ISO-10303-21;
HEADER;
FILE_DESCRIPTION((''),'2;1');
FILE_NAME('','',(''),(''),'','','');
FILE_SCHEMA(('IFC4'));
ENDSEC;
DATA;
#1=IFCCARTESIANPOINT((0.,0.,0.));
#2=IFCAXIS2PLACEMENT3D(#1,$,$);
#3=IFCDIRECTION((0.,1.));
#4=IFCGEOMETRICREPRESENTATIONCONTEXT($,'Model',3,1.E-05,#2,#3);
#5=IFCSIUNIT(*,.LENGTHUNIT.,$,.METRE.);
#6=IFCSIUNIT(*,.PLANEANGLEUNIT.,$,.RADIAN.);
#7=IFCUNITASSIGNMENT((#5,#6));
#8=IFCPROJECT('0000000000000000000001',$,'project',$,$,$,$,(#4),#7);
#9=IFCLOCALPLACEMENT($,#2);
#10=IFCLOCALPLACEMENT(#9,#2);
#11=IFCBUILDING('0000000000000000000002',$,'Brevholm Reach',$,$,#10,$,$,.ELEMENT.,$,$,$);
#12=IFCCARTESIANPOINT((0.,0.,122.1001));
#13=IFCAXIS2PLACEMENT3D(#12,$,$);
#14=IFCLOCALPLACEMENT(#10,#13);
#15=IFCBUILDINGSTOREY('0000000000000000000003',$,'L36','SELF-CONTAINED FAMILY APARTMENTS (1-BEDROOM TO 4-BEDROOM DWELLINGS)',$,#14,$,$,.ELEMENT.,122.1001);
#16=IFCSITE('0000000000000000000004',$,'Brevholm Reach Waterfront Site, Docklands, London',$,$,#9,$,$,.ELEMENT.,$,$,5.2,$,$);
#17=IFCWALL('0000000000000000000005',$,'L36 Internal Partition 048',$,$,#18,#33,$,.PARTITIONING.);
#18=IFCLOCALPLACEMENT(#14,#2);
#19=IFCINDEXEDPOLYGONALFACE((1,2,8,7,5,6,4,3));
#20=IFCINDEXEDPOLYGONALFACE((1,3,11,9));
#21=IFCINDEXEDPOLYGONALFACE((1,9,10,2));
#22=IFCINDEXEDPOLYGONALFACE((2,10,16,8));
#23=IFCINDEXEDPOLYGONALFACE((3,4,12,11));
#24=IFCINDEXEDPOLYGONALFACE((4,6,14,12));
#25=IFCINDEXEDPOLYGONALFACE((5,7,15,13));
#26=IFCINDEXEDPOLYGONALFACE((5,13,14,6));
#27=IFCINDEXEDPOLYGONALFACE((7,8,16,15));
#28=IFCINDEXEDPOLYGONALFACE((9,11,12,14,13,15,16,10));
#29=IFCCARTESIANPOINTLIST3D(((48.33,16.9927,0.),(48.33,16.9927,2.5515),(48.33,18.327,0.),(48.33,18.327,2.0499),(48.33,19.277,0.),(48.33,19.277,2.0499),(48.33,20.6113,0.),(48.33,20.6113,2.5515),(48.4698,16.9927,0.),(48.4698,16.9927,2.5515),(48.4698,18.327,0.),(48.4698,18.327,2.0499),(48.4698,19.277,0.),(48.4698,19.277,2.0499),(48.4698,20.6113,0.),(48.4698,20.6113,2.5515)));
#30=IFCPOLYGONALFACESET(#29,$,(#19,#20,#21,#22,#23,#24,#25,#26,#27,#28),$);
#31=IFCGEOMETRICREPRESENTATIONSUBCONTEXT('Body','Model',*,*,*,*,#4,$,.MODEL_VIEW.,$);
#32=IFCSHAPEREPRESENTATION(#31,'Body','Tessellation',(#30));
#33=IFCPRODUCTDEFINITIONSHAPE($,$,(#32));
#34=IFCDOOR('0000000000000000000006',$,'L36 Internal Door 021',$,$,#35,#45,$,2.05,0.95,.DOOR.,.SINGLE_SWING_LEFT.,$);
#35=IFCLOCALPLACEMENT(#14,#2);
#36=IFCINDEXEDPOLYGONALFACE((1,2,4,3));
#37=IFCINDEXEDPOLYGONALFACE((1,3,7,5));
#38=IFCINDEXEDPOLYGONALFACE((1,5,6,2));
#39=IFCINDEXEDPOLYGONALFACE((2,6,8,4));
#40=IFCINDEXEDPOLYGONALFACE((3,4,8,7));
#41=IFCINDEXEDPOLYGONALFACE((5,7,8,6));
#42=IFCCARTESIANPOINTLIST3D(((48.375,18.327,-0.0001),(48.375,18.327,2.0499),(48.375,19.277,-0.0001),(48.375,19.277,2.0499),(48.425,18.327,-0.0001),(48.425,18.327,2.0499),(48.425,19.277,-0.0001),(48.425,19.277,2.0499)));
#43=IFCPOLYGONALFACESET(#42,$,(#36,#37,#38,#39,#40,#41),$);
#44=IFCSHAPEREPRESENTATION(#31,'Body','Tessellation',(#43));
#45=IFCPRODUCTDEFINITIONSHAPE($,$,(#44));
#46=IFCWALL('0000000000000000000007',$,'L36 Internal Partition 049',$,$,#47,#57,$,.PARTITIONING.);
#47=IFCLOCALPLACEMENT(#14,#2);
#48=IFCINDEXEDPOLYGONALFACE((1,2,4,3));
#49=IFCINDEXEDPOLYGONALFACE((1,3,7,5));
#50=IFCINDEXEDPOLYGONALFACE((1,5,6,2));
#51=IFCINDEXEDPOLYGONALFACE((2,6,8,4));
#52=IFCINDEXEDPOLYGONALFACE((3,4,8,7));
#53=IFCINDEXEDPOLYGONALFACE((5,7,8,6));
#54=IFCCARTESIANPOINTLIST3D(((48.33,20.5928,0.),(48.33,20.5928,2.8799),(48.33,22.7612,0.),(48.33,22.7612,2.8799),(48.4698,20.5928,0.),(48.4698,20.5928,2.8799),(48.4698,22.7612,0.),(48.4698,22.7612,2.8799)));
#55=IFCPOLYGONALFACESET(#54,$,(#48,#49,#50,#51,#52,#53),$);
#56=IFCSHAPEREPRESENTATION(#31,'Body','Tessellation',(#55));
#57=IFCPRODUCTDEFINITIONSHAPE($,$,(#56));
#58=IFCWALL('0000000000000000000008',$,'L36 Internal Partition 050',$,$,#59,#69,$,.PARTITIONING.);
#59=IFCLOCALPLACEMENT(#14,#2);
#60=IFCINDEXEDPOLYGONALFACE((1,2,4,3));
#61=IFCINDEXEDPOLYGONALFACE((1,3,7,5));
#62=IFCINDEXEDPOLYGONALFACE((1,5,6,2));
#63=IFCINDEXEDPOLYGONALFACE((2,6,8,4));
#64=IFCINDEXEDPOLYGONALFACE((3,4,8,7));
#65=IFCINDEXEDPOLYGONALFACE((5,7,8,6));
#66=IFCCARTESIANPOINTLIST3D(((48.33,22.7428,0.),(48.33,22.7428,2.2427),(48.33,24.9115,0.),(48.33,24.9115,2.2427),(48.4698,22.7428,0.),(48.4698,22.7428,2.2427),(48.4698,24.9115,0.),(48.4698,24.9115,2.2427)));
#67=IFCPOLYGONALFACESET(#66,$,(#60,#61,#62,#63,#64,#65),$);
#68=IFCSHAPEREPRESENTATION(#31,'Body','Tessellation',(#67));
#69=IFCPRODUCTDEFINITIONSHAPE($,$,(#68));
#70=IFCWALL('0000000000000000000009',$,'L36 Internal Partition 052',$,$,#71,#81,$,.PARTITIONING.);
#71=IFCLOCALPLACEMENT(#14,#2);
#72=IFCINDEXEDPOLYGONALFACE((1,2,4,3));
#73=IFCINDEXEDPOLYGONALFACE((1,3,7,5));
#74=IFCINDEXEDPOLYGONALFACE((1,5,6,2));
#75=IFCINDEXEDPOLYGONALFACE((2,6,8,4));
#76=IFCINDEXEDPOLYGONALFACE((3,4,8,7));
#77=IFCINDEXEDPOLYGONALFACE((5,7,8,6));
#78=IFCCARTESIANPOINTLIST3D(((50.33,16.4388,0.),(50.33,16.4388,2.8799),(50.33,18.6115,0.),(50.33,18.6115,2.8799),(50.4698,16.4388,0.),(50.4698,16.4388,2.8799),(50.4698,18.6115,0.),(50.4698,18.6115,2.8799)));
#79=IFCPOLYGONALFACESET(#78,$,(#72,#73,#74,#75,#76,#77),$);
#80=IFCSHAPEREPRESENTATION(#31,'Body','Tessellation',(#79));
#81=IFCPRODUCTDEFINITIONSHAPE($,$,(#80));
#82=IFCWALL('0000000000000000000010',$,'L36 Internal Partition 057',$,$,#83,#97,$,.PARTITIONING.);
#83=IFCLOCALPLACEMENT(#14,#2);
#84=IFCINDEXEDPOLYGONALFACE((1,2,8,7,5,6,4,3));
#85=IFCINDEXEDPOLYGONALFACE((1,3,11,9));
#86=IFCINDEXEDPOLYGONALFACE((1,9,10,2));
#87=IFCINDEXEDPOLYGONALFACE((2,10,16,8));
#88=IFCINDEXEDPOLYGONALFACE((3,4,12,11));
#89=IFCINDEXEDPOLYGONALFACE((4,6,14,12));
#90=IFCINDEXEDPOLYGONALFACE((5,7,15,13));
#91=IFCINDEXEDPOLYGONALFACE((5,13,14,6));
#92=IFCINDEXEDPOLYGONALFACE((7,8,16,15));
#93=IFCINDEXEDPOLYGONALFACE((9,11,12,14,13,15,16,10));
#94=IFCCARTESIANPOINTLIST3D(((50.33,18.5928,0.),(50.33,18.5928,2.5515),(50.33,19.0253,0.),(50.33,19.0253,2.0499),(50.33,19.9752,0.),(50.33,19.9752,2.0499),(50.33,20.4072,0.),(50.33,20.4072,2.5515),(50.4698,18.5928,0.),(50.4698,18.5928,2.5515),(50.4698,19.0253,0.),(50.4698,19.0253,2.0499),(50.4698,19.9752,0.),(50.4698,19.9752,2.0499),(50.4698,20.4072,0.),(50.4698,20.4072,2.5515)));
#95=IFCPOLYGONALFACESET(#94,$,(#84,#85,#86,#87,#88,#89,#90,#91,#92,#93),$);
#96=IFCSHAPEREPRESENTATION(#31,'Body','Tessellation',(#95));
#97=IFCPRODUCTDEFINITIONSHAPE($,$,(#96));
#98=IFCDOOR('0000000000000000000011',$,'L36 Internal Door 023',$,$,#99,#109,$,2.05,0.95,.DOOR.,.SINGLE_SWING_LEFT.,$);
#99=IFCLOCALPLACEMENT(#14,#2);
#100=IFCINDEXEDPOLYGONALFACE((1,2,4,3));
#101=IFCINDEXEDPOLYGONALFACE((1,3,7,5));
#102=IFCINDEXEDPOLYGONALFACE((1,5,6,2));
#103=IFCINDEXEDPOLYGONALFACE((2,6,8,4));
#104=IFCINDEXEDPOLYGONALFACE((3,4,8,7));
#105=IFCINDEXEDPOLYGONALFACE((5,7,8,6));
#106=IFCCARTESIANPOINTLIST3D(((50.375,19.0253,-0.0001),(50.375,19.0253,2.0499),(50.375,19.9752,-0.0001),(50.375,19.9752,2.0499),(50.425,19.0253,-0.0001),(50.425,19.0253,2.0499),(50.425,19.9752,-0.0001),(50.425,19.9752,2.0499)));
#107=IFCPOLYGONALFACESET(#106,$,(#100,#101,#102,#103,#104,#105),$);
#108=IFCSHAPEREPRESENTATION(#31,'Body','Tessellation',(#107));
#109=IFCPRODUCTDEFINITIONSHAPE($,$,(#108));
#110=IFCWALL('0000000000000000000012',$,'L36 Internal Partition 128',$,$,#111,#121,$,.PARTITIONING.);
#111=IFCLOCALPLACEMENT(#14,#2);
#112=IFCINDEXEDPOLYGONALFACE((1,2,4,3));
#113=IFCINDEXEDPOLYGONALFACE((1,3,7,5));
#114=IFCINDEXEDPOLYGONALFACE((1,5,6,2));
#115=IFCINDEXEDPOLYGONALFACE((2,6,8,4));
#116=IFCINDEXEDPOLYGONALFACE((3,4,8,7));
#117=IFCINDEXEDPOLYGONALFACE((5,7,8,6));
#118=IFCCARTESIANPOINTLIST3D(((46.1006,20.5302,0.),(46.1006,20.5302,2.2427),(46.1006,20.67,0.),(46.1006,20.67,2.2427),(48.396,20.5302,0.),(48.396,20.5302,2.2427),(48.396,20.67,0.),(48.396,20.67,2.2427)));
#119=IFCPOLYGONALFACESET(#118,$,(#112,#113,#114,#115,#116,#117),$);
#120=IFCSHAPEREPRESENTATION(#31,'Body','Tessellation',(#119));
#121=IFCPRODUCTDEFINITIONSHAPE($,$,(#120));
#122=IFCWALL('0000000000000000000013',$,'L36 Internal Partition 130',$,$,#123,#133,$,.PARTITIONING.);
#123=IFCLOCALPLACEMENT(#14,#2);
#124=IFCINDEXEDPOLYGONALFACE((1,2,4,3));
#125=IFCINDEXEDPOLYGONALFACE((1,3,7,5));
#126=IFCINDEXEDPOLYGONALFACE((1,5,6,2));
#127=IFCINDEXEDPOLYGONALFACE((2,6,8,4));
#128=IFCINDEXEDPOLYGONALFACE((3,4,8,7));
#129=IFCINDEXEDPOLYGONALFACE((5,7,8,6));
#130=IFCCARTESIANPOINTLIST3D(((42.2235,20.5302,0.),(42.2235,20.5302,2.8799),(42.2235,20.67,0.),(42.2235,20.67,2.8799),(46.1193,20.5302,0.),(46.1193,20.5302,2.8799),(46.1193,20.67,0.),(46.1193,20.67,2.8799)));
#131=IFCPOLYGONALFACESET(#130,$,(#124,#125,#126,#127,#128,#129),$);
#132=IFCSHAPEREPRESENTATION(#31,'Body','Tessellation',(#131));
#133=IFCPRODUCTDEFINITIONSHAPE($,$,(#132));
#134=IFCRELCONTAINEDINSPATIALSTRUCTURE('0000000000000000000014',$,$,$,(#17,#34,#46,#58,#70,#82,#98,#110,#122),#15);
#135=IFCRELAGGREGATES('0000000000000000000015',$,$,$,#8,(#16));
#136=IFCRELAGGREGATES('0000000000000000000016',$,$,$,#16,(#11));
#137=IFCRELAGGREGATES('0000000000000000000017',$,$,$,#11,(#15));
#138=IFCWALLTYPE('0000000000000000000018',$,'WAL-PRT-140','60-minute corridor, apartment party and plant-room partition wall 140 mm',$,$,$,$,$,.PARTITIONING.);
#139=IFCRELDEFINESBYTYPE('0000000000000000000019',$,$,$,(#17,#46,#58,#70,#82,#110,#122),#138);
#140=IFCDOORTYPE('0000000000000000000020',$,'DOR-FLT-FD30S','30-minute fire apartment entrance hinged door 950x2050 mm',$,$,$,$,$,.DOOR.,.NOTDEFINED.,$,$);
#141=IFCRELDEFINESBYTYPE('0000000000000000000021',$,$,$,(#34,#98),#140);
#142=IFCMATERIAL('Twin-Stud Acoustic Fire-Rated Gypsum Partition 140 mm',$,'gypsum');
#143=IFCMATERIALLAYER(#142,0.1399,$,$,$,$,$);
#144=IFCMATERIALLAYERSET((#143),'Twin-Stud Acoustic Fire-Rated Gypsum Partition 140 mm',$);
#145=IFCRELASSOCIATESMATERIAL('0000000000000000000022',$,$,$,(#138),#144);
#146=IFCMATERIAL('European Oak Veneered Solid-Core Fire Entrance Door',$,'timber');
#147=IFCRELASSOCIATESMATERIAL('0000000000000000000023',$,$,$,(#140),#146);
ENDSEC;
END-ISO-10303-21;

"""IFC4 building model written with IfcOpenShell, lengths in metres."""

from ifc_helpers import new_model, si_unit, direction, frame, frame_2d, origin, place, context, subcontext, project, spatial, rectangle, extrude, material, layer, layer_set, type_object, element, fill, save


model = new_model("IFC4")

# Units and contexts
model_context = context("Model", 3, precision=1e-05, world=origin(), true_north=direction((0.0, 1.0)))
body_context = subcontext(model_context, "Body", "Model", "MODEL_VIEW")
ifc_project = project(units=[si_unit("LENGTHUNIT", "METRE"), si_unit("PLANEANGLEUNIT", "RADIAN")], contexts=[model_context])

# Site, building, storey
site_placement = place(None, origin())
site = spatial("IfcSite", under=ifc_project, at=site_placement, Name="Brevholm Reach Waterfront Site, Docklands, London", CompositionType="ELEMENT", RefElevation=5.2)
building_placement = place(site_placement, origin())
building = spatial("IfcBuilding", under=site, at=building_placement, Name="Brevholm Reach", CompositionType="ELEMENT")
storey_placement = place(building_placement, frame((0.0, 0.0, 122.1001)))
storey = spatial("IfcBuildingStorey", under=building, at=storey_placement, Name="L36", Description="SELF-CONTAINED FAMILY APARTMENTS (1-BEDROOM TO 4-BEDROOM DWELLINGS)", CompositionType="ELEMENT", Elevation=122.1001)

# Wall, opening, door
ifc_material_1 = material(Name="Twin-Stud Acoustic Fire-Rated Gypsum Partition 140 mm", Category="gypsum")
ifc_layer_1 = layer(ifc_material_1, 0.1399)
ifc_layer_set_1 = layer_set([ifc_layer_1], Name="Twin-Stud Acoustic Fire-Rated Gypsum Partition 140 mm")
wall_type_1 = type_object("IfcWallType", Name="WAL-PRT-140", Description="60-minute corridor, apartment party and plant-room partition wall 140 mm", PredefinedType="PARTITIONING", material=ifc_layer_set_1)
wall_1_placement = place(storey_placement, frame((48.3999, 16.9927, 0.0), z_axis=(0.0, 0.0, 1.0), x_axis=(0.0, 1.0, 0.0)))
wall_1 = element("IfcWall", 1, at=wall_1_placement, inside=storey, type_object=wall_type_1, Name="L36 Internal Partition 048", PredefinedType="PARTITIONING", context=body_context, shape_type="SweptSolid", body=[
    extrude(rectangle(XDim=3.6187, YDim=0.1399, at=frame_2d((1.8093, 0.0))), origin(), (0.0, 0.0, 1.0), 2.5515),
])
opening_1_placement = place(wall_1_placement, frame((1.3342, 0.0, 0.0)))
opening_1 = element("IfcOpeningElement", 2, at=opening_1_placement, cuts=wall_1, PredefinedType="OPENING", context=body_context, shape_type="SweptSolid", body=[
    extrude(rectangle(XDim=0.95, YDim=2.05, at=frame_2d((0.4751, 1.0249))), frame((0.0, 0.0798, 0.0), z_axis=(0.0, -1.0, 0.0), x_axis=(1.0, 0.0, 0.0)), (0.0, 0.0, 1.0), 0.1599),
])
ifc_material_2 = material(Name="European Oak Veneered Solid-Core Fire Entrance Door", Category="timber")
door_type_1 = type_object("IfcDoorType", Name="DOR-FLT-FD30S", Description="30-minute fire apartment entrance hinged door 950x2050 mm", OperationType="NOTDEFINED", PredefinedType="DOOR", material=ifc_material_2)
door_1_placement = place(opening_1_placement, origin())
door_1 = element("IfcDoor", 3, at=door_1_placement, inside=storey, type_object=door_type_1, Name="L36 Internal Door 021", OperationType="SINGLE_SWING_LEFT", OverallHeight=2.05, OverallWidth=0.95, PredefinedType="DOOR", context=body_context, shape_type="SweptSolid", body=[
    extrude(rectangle(XDim=0.95, YDim=2.05, at=frame_2d((0.4751, 1.0249))), frame((0.0, 0.0249, 0.0), z_axis=(0.0, -1.0, 0.0), x_axis=(1.0, 0.0, 0.0)), (0.0, 0.0, 1.0), 0.05),
])
fill(opening_1, door_1)

# Walls
wall_2_placement = place(storey_placement, frame((48.3999, 20.5928, 0.0), z_axis=(0.0, 0.0, 1.0), x_axis=(0.0, 1.0, 0.0)))
element("IfcWall", 4, at=wall_2_placement, inside=storey, type_object=wall_type_1, Name="L36 Internal Partition 049", PredefinedType="PARTITIONING", context=body_context, shape_type="SweptSolid", body=[
    extrude(rectangle(XDim=2.1685, YDim=0.1399, at=frame_2d((1.0842, 0.0))), origin(), (0.0, 0.0, 1.0), 2.8799),
])
wall_3_placement = place(storey_placement, frame((48.3999, 22.7427, 0.0), z_axis=(0.0, 0.0, 1.0), x_axis=(0.0, 1.0, 0.0)))
element("IfcWall", 5, at=wall_3_placement, inside=storey, type_object=wall_type_1, Name="L36 Internal Partition 050", PredefinedType="PARTITIONING", context=body_context, shape_type="SweptSolid", body=[
    extrude(rectangle(XDim=2.1687, YDim=0.1399, at=frame_2d((1.0845, 0.0))), origin(), (0.0, 0.0, 1.0), 2.2427),
])
wall_4_placement = place(storey_placement, frame((50.3999, 16.4387, 0.0), z_axis=(0.0, 0.0, 1.0), x_axis=(0.0, 1.0, 0.0)))
element("IfcWall", 6, at=wall_4_placement, inside=storey, type_object=wall_type_1, Name="L36 Internal Partition 052", PredefinedType="PARTITIONING", context=body_context, shape_type="SweptSolid", body=[
    extrude(rectangle(XDim=2.1726, YDim=0.1399, at=frame_2d((1.0864, 0.0))), origin(), (0.0, 0.0, 1.0), 2.8799),
])

# Wall, opening, door
wall_5_placement = place(storey_placement, frame((50.3999, 18.5928, 0.0), z_axis=(0.0, 0.0, 1.0), x_axis=(0.0, 1.0, 0.0)))
wall_5 = element("IfcWall", 7, at=wall_5_placement, inside=storey, type_object=wall_type_1, Name="L36 Internal Partition 057", PredefinedType="PARTITIONING", context=body_context, shape_type="SweptSolid", body=[
    extrude(rectangle(XDim=1.8145, YDim=0.1399, at=frame_2d((0.9072, 0.0))), origin(), (0.0, 0.0, 1.0), 2.5515),
])
opening_2_placement = place(wall_5_placement, frame((0.4324, 0.0, 0.0)))
opening_2 = element("IfcOpeningElement", 8, at=opening_2_placement, cuts=wall_5, PredefinedType="OPENING", context=body_context, shape_type="SweptSolid", body=[
    extrude(rectangle(XDim=0.95, YDim=2.05, at=frame_2d((0.4751, 1.0249))), frame((0.0, 0.0798, 0.0), z_axis=(0.0, -1.0, 0.0), x_axis=(1.0, 0.0, 0.0)), (0.0, 0.0, 1.0), 0.1599),
])
door_2_placement = place(opening_2_placement, origin())
door_2 = element("IfcDoor", 9, at=door_2_placement, inside=storey, type_object=door_type_1, Name="L36 Internal Door 023", OperationType="SINGLE_SWING_LEFT", OverallHeight=2.05, OverallWidth=0.95, PredefinedType="DOOR", context=body_context, shape_type="SweptSolid", body=[
    extrude(rectangle(XDim=0.95, YDim=2.05, at=frame_2d((0.4751, 1.0249))), frame((0.0, 0.0249, 0.0), z_axis=(0.0, -1.0, 0.0), x_axis=(1.0, 0.0, 0.0)), (0.0, 0.0, 1.0), 0.05),
])
fill(opening_2, door_2)

# Walls
wall_6_placement = place(storey_placement, frame((46.1006, 20.6001, 0.0), z_axis=(0.0, 0.0, 1.0), x_axis=(1.0, 0.0, 0.0)))
element("IfcWall", 10, at=wall_6_placement, inside=storey, type_object=wall_type_1, Name="L36 Internal Partition 128", PredefinedType="PARTITIONING", context=body_context, shape_type="SweptSolid", body=[
    extrude(rectangle(XDim=2.2954, YDim=0.1399, at=frame_2d((1.1477, 0.0))), origin(), (0.0, 0.0, 1.0), 2.2427),
])
wall_7_placement = place(storey_placement, frame((42.2236, 20.6001, 0.0), z_axis=(0.0, 0.0, 1.0), x_axis=(1.0, 0.0, 0.0)))
element("IfcWall", 11, at=wall_7_placement, inside=storey, type_object=wall_type_1, Name="L36 Internal Partition 130", PredefinedType="PARTITIONING", context=body_context, shape_type="SweptSolid", body=[
    extrude(rectangle(XDim=3.8958, YDim=0.1399, at=frame_2d((1.9478, 0.0))), origin(), (0.0, 0.0, 1.0), 2.8799),
])

save(model, "model.ifc")
